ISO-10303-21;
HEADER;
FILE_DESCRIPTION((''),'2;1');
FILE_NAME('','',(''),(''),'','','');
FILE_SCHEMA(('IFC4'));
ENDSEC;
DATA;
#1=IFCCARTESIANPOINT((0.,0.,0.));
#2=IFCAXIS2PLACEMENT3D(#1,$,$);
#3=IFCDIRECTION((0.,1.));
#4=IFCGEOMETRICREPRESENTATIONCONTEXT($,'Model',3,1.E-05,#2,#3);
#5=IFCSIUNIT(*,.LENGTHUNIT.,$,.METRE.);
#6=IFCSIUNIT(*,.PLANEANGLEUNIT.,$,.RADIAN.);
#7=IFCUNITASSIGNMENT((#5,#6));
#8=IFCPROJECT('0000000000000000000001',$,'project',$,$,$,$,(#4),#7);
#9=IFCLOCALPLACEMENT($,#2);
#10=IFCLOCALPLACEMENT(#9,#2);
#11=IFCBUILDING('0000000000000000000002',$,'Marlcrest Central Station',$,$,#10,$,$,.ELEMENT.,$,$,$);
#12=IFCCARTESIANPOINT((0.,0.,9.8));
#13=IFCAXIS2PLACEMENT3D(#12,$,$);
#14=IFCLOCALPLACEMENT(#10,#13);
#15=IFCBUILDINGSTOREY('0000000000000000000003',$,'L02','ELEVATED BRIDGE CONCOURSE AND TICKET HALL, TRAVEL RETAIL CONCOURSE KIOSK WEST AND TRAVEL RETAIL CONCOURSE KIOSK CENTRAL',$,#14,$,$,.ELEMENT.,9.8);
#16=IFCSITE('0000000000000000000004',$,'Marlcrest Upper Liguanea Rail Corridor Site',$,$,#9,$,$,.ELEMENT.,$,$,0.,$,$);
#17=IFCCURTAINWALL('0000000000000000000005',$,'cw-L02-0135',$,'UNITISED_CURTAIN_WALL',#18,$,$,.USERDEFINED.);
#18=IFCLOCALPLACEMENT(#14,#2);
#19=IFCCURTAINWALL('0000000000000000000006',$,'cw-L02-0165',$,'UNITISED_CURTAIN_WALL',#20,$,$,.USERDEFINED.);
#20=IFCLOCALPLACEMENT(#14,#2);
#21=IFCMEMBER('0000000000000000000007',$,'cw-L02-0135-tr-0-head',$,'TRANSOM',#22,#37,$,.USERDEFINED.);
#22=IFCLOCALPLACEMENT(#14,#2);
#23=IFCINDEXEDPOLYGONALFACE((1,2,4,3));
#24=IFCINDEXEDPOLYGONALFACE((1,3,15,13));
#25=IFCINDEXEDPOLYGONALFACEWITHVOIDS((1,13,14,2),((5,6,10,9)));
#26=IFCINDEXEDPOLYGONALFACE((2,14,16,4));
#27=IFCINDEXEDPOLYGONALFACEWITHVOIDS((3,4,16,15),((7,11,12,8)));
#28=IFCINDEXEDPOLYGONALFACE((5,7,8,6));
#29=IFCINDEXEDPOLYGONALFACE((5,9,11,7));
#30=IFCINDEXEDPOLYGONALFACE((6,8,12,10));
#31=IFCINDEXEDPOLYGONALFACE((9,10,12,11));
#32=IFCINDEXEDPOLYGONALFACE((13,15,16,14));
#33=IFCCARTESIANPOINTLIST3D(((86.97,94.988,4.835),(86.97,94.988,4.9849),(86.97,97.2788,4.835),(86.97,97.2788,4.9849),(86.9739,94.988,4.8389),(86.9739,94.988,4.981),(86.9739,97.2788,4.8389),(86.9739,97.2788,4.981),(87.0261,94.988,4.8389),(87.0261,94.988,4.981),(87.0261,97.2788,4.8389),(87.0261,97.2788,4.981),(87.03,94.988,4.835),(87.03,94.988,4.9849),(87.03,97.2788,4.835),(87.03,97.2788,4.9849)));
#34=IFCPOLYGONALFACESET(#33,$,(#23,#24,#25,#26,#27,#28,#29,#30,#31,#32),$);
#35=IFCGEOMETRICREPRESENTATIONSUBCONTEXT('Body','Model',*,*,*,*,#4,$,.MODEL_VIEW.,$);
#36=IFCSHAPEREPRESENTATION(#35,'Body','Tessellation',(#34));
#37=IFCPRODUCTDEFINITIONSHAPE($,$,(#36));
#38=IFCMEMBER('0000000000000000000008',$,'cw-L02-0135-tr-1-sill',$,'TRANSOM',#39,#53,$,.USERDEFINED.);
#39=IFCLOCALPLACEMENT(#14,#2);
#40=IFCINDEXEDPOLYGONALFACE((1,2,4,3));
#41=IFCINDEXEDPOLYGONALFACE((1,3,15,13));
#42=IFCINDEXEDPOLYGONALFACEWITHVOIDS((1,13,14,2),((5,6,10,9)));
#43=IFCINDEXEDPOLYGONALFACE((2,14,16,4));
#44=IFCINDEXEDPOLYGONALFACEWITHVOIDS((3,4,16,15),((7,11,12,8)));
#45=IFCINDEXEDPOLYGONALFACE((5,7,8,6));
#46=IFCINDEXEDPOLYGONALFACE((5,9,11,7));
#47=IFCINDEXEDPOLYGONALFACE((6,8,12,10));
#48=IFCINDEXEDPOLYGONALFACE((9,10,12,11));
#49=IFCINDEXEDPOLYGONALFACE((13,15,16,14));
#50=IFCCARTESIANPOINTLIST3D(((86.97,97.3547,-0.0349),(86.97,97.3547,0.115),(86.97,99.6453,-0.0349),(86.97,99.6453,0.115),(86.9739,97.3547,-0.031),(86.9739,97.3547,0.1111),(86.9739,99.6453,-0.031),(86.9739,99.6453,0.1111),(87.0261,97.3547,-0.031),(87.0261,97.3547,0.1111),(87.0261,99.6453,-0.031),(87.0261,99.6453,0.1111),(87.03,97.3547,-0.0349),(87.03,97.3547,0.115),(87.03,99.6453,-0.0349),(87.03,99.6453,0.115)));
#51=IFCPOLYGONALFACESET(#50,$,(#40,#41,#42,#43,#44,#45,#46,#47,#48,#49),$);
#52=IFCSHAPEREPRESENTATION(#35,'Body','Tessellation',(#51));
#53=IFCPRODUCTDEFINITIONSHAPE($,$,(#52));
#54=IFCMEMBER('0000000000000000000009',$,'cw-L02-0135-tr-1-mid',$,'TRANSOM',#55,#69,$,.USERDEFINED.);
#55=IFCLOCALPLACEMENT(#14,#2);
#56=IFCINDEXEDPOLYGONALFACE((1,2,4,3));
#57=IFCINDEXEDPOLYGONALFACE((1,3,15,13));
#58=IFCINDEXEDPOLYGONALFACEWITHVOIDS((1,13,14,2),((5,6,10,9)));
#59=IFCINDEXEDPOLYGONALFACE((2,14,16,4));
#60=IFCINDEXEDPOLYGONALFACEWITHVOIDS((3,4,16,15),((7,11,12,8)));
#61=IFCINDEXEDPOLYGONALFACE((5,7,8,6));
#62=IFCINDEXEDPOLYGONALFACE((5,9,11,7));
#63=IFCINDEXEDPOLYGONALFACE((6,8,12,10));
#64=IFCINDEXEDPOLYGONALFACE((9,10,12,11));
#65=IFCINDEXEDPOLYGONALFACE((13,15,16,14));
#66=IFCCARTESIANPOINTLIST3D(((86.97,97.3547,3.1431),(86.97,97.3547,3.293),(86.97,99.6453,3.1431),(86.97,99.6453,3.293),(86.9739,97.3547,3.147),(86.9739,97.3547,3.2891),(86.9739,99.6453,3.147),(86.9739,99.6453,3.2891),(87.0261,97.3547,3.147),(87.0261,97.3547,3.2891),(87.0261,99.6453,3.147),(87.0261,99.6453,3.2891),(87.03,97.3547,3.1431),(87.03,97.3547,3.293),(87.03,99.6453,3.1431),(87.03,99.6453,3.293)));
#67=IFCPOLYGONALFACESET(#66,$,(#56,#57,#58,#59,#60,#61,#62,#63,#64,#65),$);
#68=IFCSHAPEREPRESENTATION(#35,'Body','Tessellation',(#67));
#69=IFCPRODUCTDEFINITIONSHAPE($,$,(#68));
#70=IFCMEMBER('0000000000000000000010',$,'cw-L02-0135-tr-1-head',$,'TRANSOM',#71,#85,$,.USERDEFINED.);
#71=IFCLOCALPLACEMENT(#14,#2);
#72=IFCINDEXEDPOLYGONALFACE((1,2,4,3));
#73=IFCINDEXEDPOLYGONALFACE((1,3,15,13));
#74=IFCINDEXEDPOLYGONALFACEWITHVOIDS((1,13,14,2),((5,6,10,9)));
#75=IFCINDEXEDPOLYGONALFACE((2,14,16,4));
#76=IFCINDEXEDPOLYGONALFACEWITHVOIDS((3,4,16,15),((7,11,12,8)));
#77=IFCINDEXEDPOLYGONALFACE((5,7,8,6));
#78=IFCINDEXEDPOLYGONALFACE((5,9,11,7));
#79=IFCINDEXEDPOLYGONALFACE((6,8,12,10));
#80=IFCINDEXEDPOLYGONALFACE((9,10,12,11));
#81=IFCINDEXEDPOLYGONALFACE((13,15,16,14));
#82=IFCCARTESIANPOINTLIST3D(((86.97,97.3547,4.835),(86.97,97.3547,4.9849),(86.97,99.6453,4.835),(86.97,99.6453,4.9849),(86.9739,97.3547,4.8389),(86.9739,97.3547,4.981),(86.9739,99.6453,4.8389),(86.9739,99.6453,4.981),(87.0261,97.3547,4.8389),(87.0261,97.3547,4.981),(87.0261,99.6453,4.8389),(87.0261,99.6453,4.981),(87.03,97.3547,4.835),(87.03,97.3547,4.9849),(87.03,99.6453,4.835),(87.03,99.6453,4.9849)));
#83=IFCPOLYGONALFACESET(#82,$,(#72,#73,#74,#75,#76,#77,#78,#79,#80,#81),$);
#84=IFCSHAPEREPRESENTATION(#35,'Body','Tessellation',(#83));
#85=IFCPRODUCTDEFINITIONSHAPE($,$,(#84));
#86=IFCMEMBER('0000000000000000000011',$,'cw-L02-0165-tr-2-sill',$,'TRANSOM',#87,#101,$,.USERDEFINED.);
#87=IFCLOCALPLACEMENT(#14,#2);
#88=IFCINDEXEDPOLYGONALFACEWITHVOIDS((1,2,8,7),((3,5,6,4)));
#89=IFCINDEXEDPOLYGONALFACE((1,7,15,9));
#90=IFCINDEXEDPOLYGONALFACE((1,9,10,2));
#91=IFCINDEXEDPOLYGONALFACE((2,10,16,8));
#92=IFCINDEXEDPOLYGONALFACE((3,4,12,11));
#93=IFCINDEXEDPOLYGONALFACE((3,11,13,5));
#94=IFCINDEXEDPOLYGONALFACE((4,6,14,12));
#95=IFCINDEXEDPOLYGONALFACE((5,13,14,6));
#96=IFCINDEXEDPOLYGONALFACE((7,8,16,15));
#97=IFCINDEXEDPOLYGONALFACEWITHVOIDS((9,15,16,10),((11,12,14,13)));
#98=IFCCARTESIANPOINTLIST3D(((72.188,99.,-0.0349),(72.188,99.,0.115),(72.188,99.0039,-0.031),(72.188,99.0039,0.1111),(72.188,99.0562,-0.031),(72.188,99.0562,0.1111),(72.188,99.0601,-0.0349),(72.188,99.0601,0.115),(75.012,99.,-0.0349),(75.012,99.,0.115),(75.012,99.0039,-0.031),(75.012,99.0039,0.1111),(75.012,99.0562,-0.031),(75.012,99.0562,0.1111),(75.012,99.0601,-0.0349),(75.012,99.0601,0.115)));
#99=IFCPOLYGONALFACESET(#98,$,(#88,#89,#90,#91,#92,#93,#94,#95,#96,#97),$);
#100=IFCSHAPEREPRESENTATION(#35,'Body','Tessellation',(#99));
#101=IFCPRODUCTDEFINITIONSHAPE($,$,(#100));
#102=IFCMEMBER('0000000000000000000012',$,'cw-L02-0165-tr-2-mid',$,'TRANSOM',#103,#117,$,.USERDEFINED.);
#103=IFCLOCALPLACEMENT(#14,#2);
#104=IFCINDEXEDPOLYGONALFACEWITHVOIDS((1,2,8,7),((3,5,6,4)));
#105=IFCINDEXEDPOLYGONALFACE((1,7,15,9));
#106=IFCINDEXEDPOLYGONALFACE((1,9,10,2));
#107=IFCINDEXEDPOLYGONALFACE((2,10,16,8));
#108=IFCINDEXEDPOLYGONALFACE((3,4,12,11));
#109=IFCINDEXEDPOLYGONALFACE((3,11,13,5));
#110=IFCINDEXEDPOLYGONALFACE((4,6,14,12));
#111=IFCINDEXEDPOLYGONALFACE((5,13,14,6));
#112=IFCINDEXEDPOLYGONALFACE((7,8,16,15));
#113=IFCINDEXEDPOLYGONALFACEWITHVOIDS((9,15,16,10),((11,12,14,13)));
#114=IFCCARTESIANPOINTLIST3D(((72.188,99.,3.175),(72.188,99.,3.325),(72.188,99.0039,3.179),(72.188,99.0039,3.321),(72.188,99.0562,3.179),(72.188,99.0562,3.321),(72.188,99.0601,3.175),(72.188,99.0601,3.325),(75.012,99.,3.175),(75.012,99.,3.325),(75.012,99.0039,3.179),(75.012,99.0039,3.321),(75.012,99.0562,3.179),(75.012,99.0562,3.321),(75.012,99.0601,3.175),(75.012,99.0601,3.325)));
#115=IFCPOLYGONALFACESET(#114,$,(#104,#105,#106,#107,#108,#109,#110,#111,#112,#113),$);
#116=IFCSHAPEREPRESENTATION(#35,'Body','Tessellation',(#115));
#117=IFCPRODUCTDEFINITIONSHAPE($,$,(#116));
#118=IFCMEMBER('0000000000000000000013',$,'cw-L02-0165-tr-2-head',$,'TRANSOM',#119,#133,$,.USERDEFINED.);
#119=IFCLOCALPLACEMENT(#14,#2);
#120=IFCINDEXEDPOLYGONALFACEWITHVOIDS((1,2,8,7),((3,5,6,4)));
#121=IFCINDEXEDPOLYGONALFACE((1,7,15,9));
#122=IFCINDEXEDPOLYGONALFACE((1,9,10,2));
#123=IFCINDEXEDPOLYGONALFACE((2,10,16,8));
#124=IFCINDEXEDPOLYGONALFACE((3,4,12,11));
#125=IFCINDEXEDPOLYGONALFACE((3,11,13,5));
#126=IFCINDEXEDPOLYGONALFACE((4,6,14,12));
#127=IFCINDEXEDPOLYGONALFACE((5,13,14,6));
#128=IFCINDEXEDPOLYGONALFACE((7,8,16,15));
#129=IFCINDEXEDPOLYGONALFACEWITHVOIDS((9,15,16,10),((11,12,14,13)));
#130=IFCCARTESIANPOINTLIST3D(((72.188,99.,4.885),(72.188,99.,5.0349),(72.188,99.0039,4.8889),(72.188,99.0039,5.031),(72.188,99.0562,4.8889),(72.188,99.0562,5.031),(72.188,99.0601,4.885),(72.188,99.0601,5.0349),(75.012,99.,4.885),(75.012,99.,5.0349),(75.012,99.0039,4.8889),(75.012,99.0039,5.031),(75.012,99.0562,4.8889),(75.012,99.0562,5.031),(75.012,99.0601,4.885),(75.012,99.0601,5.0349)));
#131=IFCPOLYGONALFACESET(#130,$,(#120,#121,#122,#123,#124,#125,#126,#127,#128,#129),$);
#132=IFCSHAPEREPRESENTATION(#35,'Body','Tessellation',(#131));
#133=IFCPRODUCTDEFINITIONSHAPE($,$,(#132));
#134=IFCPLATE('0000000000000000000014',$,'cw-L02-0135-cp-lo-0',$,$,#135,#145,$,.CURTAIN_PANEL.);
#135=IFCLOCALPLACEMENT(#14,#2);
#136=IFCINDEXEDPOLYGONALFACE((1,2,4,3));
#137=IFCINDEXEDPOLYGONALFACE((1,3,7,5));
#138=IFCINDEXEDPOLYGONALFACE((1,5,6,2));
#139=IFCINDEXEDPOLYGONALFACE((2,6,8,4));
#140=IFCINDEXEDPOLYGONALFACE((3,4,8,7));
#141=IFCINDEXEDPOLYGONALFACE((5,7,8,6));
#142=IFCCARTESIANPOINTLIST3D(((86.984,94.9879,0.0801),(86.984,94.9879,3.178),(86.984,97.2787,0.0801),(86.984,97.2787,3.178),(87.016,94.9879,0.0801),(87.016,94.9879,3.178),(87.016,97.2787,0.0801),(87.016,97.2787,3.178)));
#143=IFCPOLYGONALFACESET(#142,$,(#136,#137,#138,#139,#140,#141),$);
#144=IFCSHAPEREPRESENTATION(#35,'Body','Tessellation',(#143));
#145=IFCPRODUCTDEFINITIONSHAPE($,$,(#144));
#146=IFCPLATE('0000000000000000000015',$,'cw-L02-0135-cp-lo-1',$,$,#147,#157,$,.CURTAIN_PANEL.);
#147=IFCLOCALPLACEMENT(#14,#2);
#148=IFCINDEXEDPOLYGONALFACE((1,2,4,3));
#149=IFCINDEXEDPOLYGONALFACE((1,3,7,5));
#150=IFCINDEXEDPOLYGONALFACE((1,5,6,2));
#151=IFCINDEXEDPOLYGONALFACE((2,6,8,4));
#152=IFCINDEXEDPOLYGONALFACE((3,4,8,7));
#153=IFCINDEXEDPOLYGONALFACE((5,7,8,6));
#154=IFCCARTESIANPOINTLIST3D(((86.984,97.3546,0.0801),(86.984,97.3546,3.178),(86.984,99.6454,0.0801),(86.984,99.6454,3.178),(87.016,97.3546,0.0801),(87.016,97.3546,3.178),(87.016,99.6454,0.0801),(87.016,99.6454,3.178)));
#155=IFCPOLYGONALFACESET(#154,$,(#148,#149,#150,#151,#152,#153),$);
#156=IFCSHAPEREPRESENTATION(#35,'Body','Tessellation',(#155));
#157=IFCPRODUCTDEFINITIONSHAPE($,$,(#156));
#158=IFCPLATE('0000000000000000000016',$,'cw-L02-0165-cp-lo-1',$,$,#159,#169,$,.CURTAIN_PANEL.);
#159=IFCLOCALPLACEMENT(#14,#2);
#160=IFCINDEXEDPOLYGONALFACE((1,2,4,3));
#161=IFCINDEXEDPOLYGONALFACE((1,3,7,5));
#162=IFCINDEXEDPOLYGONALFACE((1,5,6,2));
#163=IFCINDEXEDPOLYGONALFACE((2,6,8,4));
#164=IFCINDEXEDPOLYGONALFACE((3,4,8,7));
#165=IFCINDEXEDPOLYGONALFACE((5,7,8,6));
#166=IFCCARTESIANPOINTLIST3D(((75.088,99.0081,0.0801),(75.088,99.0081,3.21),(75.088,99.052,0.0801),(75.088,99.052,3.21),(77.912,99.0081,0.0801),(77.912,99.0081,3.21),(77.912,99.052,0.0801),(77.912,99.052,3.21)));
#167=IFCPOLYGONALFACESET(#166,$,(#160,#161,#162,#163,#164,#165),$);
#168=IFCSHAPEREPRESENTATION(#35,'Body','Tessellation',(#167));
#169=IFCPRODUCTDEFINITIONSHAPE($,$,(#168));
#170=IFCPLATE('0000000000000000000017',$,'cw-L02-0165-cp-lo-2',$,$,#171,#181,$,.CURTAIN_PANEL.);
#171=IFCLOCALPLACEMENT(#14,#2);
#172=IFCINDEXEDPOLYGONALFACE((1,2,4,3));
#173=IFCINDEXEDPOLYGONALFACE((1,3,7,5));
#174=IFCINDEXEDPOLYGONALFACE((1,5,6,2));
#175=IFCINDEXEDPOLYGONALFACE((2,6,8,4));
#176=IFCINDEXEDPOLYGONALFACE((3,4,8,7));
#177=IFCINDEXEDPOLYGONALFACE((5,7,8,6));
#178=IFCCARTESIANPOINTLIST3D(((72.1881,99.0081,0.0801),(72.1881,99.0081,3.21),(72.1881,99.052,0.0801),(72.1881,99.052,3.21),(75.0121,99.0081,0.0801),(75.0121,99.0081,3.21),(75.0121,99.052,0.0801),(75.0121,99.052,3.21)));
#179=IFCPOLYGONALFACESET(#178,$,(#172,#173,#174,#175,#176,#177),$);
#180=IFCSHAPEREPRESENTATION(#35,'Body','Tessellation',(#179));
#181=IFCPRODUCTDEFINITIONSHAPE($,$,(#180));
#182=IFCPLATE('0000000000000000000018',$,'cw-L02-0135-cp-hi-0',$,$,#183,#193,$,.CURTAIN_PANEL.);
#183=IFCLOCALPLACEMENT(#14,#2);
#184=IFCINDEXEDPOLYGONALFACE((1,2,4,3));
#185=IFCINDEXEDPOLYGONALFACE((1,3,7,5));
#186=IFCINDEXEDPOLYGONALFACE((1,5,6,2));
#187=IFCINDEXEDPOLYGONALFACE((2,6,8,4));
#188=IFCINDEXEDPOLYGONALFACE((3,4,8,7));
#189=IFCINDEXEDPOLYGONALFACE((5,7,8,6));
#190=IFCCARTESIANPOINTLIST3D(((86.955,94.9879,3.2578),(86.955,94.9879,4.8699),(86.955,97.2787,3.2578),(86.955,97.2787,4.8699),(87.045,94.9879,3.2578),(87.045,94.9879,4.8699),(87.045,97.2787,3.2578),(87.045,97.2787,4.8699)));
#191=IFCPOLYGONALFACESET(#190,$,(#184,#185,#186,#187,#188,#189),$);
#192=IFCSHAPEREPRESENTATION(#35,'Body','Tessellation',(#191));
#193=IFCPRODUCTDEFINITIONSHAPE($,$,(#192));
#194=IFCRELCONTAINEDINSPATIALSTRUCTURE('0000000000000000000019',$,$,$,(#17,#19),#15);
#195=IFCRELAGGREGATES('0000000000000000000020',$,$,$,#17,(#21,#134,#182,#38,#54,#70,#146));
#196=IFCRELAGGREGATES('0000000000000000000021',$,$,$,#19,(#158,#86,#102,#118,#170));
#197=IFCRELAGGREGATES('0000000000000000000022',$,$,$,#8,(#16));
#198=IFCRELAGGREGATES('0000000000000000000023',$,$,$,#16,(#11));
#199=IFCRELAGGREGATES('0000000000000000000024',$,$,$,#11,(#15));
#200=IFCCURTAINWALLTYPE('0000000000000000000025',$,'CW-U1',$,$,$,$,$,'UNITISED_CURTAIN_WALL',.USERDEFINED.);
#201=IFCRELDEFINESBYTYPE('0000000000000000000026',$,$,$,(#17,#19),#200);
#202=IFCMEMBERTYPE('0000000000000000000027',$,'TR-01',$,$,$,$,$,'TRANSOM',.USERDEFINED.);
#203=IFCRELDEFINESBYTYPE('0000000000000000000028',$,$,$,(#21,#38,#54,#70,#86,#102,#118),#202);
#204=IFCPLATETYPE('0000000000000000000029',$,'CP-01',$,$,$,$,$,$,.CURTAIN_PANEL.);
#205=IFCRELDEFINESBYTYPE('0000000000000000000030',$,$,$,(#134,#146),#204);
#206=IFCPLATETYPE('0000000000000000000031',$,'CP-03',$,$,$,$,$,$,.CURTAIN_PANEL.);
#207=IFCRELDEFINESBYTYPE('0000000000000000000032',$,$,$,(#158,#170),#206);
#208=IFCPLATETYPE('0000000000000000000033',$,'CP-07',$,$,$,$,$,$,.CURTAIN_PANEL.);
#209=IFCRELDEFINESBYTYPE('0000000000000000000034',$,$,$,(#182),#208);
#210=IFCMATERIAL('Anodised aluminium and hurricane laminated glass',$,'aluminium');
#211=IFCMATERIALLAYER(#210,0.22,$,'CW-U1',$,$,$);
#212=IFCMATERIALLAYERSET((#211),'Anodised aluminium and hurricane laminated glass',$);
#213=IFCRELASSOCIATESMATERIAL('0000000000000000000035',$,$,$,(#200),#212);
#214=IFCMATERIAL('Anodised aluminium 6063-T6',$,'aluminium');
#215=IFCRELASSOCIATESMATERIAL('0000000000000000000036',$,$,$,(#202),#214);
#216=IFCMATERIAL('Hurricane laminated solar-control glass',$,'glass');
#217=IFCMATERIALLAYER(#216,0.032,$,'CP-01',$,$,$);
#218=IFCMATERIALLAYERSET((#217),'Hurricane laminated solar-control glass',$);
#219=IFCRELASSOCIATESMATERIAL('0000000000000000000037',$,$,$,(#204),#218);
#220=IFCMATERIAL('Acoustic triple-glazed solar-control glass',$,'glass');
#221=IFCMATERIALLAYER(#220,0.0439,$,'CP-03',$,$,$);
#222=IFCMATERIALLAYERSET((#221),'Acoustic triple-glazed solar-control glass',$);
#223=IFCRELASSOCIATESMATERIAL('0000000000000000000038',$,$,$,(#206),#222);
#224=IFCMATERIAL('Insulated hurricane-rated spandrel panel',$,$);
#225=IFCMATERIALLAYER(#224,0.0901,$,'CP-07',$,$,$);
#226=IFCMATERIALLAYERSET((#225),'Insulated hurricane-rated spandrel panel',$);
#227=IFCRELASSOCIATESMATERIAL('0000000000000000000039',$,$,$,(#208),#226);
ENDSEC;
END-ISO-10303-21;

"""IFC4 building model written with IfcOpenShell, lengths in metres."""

from ifc_helpers import new_model, si_unit, direction, frame, origin, origin_2d, place, context, subcontext, project, spatial, rectangle, hollow_rectangle, extrude, material, layer, layer_set, material_profile, profile_set, type_object, element, aggregate, save


model = new_model("IFC4")

# Units and contexts
model_context = context("Model", 3, precision=1e-05, world=origin(), true_north=direction((0.0, 1.0)))
body_context = subcontext(model_context, "Body", "Model", "MODEL_VIEW")
ifc_project = project(units=[si_unit("LENGTHUNIT", "METRE"), si_unit("PLANEANGLEUNIT", "RADIAN")], contexts=[model_context])

# Site, building, storey
site_placement = place(None, origin())
site = spatial("IfcSite", under=ifc_project, at=site_placement, Name="Marlcrest Upper Liguanea Rail Corridor Site", CompositionType="ELEMENT", RefElevation=0.0)
building_placement = place(site_placement, origin())
building = spatial("IfcBuilding", under=site, at=building_placement, Name="Marlcrest Central Station", CompositionType="ELEMENT")
storey_placement = place(building_placement, frame((0.0, 0.0, 9.8)))
storey = spatial("IfcBuildingStorey", under=building, at=storey_placement, Name="L02", Description="ELEVATED BRIDGE CONCOURSE AND TICKET HALL, TRAVEL RETAIL CONCOURSE KIOSK WEST AND TRAVEL RETAIL CONCOURSE KIOSK CENTRAL", CompositionType="ELEMENT", Elevation=9.8)

# Shared definitions
ifc_material_1 = material(Name="Anodised aluminium and hurricane laminated glass", Category="aluminium")
ifc_layer_1 = layer(ifc_material_1, 0.22, Name="CW-U1")
ifc_layer_set_1 = layer_set([ifc_layer_1], Name="Anodised aluminium and hurricane laminated glass")
curtain_wall_type = type_object("IfcCurtainWallType", Name="CW-U1", ElementType="UNITISED_CURTAIN_WALL", PredefinedType="USERDEFINED", material=ifc_layer_set_1)
ifc_material_2 = material(Name="Anodised aluminium 6063-T6", Category="aluminium")

# Curtain walls
curtain_wall_1_placement = place(storey_placement, origin())
curtain_wall_1 = element("IfcCurtainWall", 1, at=curtain_wall_1_placement, inside=storey, type_object=curtain_wall_type, Name="cw-L02-0135", ObjectType="UNITISED_CURTAIN_WALL", PredefinedType="USERDEFINED")
curtain_wall_2_placement = place(storey_placement, origin())
curtain_wall_2 = element("IfcCurtainWall", 2, at=curtain_wall_2_placement, inside=storey, type_object=curtain_wall_type, Name="cw-L02-0165", ObjectType="UNITISED_CURTAIN_WALL", PredefinedType="USERDEFINED")

# Members
ifc_material_profile_1 = material_profile(ifc_material_2, hollow_rectangle(XDim=0.0601, YDim=0.1499, WallThickness=0.0039, at=origin_2d()), Name="AA-RHS 150x60x4")
ifc_profile_set_1 = profile_set([ifc_material_profile_1], Name="Anodised aluminium 6063-T6")
member_type_1 = type_object("IfcMemberType", Name="TR-01", ElementType="TRANSOM", PredefinedType="USERDEFINED", material=ifc_profile_set_1)
member_1_placement = place(storey_placement, frame((87.0, 94.988, 4.9099), z_axis=(0.0, 1.0, 0.0), x_axis=(-1.0, 0.0, 0.0)))
member_1 = element("IfcMember", 3, at=member_1_placement, type_object=member_type_1, Name="cw-L02-0135-tr-0-head", ObjectType="TRANSOM", PredefinedType="USERDEFINED", context=body_context, shape_type="SweptSolid", body=[
    extrude(hollow_rectangle(XDim=0.0601, YDim=0.1499, WallThickness=0.0039, at=origin_2d()), origin(), (0.0, 0.0, 1.0), 2.2908),
])
member_2_placement = place(storey_placement, frame((87.0, 97.3547, 0.04), z_axis=(0.0, 1.0, 0.0), x_axis=(-1.0, 0.0, 0.0)))
member_2 = element("IfcMember", 4, at=member_2_placement, type_object=member_type_1, Name="cw-L02-0135-tr-1-sill", ObjectType="TRANSOM", PredefinedType="USERDEFINED", context=body_context, shape_type="SweptSolid", body=[
    extrude(hollow_rectangle(XDim=0.0601, YDim=0.1499, WallThickness=0.0039, at=origin_2d()), origin(), (0.0, 0.0, 1.0), 2.2905),
])
member_3_placement = place(storey_placement, frame((87.0, 97.3547, 3.218), z_axis=(0.0, 1.0, 0.0), x_axis=(-1.0, 0.0, 0.0)))
member_3 = element("IfcMember", 5, at=member_3_placement, type_object=member_type_1, Name="cw-L02-0135-tr-1-mid", ObjectType="TRANSOM", PredefinedType="USERDEFINED", context=body_context, shape_type="SweptSolid", body=[
    extrude(hollow_rectangle(XDim=0.0601, YDim=0.1499, WallThickness=0.0039, at=origin_2d()), origin(), (0.0, 0.0, 1.0), 2.2905),
])
member_4_placement = place(storey_placement, frame((87.0, 97.3547, 4.9099), z_axis=(0.0, 1.0, 0.0), x_axis=(-1.0, 0.0, 0.0)))
member_4 = element("IfcMember", 6, at=member_4_placement, type_object=member_type_1, Name="cw-L02-0135-tr-1-head", ObjectType="TRANSOM", PredefinedType="USERDEFINED", context=body_context, shape_type="SweptSolid", body=[
    extrude(hollow_rectangle(XDim=0.0601, YDim=0.1499, WallThickness=0.0039, at=origin_2d()), origin(), (0.0, 0.0, 1.0), 2.2905),
])
member_5_placement = place(storey_placement, frame((75.012, 99.03, 0.04), z_axis=(-1.0, 0.0, 0.0), x_axis=(0.0, -1.0, 0.0)))
member_5 = element("IfcMember", 7, at=member_5_placement, type_object=member_type_1, Name="cw-L02-0165-tr-2-sill", ObjectType="TRANSOM", PredefinedType="USERDEFINED", context=body_context, shape_type="SweptSolid", body=[
    extrude(hollow_rectangle(XDim=0.0601, YDim=0.1499, WallThickness=0.0039, at=origin_2d()), origin(), (0.0, 0.0, 1.0), 2.824),
])
member_6_placement = place(storey_placement, frame((75.012, 99.03, 3.25), z_axis=(-1.0, 0.0, 0.0), x_axis=(0.0, -1.0, 0.0)))
member_6 = element("IfcMember", 8, at=member_6_placement, type_object=member_type_1, Name="cw-L02-0165-tr-2-mid", ObjectType="TRANSOM", PredefinedType="USERDEFINED", context=body_context, shape_type="SweptSolid", body=[
    extrude(hollow_rectangle(XDim=0.0601, YDim=0.1499, WallThickness=0.0039, at=origin_2d()), origin(), (0.0, 0.0, 1.0), 2.824),
])
member_7_placement = place(storey_placement, frame((75.012, 99.03, 4.96), z_axis=(-1.0, 0.0, 0.0), x_axis=(0.0, -1.0, 0.0)))
member_7 = element("IfcMember", 9, at=member_7_placement, type_object=member_type_1, Name="cw-L02-0165-tr-2-head", ObjectType="TRANSOM", PredefinedType="USERDEFINED", context=body_context, shape_type="SweptSolid", body=[
    extrude(hollow_rectangle(XDim=0.0601, YDim=0.1499, WallThickness=0.0039, at=origin_2d()), origin(), (0.0, 0.0, 1.0), 2.824),
])

# Plates
ifc_material_3 = material(Name="Hurricane laminated solar-control glass", Category="glass")
ifc_layer_2 = layer(ifc_material_3, 0.032, Name="CP-01")
ifc_layer_set_2 = layer_set([ifc_layer_2], Name="Hurricane laminated solar-control glass")
plate_type_1 = type_object("IfcPlateType", Name="CP-01", PredefinedType="CURTAIN_PANEL", material=ifc_layer_set_2)
plate_1_placement = place(storey_placement, frame((87.0, 96.1333, 0.0801), z_axis=(0.0, 0.0, 1.0), x_axis=(0.0, 1.0, 0.0)))
plate_1 = element("IfcPlate", 10, at=plate_1_placement, type_object=plate_type_1, Name="cw-L02-0135-cp-lo-0", PredefinedType="CURTAIN_PANEL", context=body_context, shape_type="SweptSolid", body=[
    extrude(rectangle(XDim=2.2908, YDim=0.032, at=origin_2d()), origin(), (0.0, 0.0, 1.0), 3.0979),
])
plate_2_placement = place(storey_placement, frame((87.0, 98.5, 0.0801), z_axis=(0.0, 0.0, 1.0), x_axis=(0.0, 1.0, 0.0)))
plate_2 = element("IfcPlate", 11, at=plate_2_placement, type_object=plate_type_1, Name="cw-L02-0135-cp-lo-1", PredefinedType="CURTAIN_PANEL", context=body_context, shape_type="SweptSolid", body=[
    extrude(rectangle(XDim=2.2908, YDim=0.032, at=origin_2d()), origin(), (0.0, 0.0, 1.0), 3.0979),
])
ifc_material_4 = material(Name="Acoustic triple-glazed solar-control glass", Category="glass")
ifc_layer_3 = layer(ifc_material_4, 0.0439, Name="CP-03")
ifc_layer_set_3 = layer_set([ifc_layer_3], Name="Acoustic triple-glazed solar-control glass")
plate_type_2 = type_object("IfcPlateType", Name="CP-03", PredefinedType="CURTAIN_PANEL", material=ifc_layer_set_3)
plate_3_placement = place(storey_placement, frame((76.5, 99.03, 0.0801), z_axis=(0.0, 0.0, 1.0), x_axis=(-1.0, 0.0, 0.0)))
plate_3 = element("IfcPlate", 12, at=plate_3_placement, type_object=plate_type_2, Name="cw-L02-0165-cp-lo-1", PredefinedType="CURTAIN_PANEL", context=body_context, shape_type="SweptSolid", body=[
    extrude(rectangle(XDim=2.824, YDim=0.0439, at=origin_2d()), origin(), (0.0, 0.0, 1.0), 3.1299),
])
plate_4_placement = place(storey_placement, frame((73.6001, 99.03, 0.0801), z_axis=(0.0, 0.0, 1.0), x_axis=(-1.0, 0.0, 0.0)))
plate_4 = element("IfcPlate", 13, at=plate_4_placement, type_object=plate_type_2, Name="cw-L02-0165-cp-lo-2", PredefinedType="CURTAIN_PANEL", context=body_context, shape_type="SweptSolid", body=[
    extrude(rectangle(XDim=2.824, YDim=0.0439, at=origin_2d()), origin(), (0.0, 0.0, 1.0), 3.1299),
])
ifc_material_5 = material(Name="Insulated hurricane-rated spandrel panel")
ifc_layer_4 = layer(ifc_material_5, 0.0901, Name="CP-07")
ifc_layer_set_4 = layer_set([ifc_layer_4], Name="Insulated hurricane-rated spandrel panel")
plate_type_3 = type_object("IfcPlateType", Name="CP-07", PredefinedType="CURTAIN_PANEL", material=ifc_layer_set_4)
plate_5_placement = place(storey_placement, frame((87.0, 96.1333, 3.2578), z_axis=(0.0, 0.0, 1.0), x_axis=(0.0, 1.0, 0.0)))
plate_5 = element("IfcPlate", 14, at=plate_5_placement, type_object=plate_type_3, Name="cw-L02-0135-cp-hi-0", PredefinedType="CURTAIN_PANEL", context=body_context, shape_type="SweptSolid", body=[
    extrude(rectangle(XDim=2.2908, YDim=0.0901, at=origin_2d()), origin(), (0.0, 0.0, 1.0), 1.6121),
])
aggregate(curtain_wall_1, [member_1, plate_1, plate_5, member_2, member_3, member_4, plate_2])
aggregate(curtain_wall_2, [plate_3, member_5, member_6, member_7, plate_4])

save(model, "model.ifc")
